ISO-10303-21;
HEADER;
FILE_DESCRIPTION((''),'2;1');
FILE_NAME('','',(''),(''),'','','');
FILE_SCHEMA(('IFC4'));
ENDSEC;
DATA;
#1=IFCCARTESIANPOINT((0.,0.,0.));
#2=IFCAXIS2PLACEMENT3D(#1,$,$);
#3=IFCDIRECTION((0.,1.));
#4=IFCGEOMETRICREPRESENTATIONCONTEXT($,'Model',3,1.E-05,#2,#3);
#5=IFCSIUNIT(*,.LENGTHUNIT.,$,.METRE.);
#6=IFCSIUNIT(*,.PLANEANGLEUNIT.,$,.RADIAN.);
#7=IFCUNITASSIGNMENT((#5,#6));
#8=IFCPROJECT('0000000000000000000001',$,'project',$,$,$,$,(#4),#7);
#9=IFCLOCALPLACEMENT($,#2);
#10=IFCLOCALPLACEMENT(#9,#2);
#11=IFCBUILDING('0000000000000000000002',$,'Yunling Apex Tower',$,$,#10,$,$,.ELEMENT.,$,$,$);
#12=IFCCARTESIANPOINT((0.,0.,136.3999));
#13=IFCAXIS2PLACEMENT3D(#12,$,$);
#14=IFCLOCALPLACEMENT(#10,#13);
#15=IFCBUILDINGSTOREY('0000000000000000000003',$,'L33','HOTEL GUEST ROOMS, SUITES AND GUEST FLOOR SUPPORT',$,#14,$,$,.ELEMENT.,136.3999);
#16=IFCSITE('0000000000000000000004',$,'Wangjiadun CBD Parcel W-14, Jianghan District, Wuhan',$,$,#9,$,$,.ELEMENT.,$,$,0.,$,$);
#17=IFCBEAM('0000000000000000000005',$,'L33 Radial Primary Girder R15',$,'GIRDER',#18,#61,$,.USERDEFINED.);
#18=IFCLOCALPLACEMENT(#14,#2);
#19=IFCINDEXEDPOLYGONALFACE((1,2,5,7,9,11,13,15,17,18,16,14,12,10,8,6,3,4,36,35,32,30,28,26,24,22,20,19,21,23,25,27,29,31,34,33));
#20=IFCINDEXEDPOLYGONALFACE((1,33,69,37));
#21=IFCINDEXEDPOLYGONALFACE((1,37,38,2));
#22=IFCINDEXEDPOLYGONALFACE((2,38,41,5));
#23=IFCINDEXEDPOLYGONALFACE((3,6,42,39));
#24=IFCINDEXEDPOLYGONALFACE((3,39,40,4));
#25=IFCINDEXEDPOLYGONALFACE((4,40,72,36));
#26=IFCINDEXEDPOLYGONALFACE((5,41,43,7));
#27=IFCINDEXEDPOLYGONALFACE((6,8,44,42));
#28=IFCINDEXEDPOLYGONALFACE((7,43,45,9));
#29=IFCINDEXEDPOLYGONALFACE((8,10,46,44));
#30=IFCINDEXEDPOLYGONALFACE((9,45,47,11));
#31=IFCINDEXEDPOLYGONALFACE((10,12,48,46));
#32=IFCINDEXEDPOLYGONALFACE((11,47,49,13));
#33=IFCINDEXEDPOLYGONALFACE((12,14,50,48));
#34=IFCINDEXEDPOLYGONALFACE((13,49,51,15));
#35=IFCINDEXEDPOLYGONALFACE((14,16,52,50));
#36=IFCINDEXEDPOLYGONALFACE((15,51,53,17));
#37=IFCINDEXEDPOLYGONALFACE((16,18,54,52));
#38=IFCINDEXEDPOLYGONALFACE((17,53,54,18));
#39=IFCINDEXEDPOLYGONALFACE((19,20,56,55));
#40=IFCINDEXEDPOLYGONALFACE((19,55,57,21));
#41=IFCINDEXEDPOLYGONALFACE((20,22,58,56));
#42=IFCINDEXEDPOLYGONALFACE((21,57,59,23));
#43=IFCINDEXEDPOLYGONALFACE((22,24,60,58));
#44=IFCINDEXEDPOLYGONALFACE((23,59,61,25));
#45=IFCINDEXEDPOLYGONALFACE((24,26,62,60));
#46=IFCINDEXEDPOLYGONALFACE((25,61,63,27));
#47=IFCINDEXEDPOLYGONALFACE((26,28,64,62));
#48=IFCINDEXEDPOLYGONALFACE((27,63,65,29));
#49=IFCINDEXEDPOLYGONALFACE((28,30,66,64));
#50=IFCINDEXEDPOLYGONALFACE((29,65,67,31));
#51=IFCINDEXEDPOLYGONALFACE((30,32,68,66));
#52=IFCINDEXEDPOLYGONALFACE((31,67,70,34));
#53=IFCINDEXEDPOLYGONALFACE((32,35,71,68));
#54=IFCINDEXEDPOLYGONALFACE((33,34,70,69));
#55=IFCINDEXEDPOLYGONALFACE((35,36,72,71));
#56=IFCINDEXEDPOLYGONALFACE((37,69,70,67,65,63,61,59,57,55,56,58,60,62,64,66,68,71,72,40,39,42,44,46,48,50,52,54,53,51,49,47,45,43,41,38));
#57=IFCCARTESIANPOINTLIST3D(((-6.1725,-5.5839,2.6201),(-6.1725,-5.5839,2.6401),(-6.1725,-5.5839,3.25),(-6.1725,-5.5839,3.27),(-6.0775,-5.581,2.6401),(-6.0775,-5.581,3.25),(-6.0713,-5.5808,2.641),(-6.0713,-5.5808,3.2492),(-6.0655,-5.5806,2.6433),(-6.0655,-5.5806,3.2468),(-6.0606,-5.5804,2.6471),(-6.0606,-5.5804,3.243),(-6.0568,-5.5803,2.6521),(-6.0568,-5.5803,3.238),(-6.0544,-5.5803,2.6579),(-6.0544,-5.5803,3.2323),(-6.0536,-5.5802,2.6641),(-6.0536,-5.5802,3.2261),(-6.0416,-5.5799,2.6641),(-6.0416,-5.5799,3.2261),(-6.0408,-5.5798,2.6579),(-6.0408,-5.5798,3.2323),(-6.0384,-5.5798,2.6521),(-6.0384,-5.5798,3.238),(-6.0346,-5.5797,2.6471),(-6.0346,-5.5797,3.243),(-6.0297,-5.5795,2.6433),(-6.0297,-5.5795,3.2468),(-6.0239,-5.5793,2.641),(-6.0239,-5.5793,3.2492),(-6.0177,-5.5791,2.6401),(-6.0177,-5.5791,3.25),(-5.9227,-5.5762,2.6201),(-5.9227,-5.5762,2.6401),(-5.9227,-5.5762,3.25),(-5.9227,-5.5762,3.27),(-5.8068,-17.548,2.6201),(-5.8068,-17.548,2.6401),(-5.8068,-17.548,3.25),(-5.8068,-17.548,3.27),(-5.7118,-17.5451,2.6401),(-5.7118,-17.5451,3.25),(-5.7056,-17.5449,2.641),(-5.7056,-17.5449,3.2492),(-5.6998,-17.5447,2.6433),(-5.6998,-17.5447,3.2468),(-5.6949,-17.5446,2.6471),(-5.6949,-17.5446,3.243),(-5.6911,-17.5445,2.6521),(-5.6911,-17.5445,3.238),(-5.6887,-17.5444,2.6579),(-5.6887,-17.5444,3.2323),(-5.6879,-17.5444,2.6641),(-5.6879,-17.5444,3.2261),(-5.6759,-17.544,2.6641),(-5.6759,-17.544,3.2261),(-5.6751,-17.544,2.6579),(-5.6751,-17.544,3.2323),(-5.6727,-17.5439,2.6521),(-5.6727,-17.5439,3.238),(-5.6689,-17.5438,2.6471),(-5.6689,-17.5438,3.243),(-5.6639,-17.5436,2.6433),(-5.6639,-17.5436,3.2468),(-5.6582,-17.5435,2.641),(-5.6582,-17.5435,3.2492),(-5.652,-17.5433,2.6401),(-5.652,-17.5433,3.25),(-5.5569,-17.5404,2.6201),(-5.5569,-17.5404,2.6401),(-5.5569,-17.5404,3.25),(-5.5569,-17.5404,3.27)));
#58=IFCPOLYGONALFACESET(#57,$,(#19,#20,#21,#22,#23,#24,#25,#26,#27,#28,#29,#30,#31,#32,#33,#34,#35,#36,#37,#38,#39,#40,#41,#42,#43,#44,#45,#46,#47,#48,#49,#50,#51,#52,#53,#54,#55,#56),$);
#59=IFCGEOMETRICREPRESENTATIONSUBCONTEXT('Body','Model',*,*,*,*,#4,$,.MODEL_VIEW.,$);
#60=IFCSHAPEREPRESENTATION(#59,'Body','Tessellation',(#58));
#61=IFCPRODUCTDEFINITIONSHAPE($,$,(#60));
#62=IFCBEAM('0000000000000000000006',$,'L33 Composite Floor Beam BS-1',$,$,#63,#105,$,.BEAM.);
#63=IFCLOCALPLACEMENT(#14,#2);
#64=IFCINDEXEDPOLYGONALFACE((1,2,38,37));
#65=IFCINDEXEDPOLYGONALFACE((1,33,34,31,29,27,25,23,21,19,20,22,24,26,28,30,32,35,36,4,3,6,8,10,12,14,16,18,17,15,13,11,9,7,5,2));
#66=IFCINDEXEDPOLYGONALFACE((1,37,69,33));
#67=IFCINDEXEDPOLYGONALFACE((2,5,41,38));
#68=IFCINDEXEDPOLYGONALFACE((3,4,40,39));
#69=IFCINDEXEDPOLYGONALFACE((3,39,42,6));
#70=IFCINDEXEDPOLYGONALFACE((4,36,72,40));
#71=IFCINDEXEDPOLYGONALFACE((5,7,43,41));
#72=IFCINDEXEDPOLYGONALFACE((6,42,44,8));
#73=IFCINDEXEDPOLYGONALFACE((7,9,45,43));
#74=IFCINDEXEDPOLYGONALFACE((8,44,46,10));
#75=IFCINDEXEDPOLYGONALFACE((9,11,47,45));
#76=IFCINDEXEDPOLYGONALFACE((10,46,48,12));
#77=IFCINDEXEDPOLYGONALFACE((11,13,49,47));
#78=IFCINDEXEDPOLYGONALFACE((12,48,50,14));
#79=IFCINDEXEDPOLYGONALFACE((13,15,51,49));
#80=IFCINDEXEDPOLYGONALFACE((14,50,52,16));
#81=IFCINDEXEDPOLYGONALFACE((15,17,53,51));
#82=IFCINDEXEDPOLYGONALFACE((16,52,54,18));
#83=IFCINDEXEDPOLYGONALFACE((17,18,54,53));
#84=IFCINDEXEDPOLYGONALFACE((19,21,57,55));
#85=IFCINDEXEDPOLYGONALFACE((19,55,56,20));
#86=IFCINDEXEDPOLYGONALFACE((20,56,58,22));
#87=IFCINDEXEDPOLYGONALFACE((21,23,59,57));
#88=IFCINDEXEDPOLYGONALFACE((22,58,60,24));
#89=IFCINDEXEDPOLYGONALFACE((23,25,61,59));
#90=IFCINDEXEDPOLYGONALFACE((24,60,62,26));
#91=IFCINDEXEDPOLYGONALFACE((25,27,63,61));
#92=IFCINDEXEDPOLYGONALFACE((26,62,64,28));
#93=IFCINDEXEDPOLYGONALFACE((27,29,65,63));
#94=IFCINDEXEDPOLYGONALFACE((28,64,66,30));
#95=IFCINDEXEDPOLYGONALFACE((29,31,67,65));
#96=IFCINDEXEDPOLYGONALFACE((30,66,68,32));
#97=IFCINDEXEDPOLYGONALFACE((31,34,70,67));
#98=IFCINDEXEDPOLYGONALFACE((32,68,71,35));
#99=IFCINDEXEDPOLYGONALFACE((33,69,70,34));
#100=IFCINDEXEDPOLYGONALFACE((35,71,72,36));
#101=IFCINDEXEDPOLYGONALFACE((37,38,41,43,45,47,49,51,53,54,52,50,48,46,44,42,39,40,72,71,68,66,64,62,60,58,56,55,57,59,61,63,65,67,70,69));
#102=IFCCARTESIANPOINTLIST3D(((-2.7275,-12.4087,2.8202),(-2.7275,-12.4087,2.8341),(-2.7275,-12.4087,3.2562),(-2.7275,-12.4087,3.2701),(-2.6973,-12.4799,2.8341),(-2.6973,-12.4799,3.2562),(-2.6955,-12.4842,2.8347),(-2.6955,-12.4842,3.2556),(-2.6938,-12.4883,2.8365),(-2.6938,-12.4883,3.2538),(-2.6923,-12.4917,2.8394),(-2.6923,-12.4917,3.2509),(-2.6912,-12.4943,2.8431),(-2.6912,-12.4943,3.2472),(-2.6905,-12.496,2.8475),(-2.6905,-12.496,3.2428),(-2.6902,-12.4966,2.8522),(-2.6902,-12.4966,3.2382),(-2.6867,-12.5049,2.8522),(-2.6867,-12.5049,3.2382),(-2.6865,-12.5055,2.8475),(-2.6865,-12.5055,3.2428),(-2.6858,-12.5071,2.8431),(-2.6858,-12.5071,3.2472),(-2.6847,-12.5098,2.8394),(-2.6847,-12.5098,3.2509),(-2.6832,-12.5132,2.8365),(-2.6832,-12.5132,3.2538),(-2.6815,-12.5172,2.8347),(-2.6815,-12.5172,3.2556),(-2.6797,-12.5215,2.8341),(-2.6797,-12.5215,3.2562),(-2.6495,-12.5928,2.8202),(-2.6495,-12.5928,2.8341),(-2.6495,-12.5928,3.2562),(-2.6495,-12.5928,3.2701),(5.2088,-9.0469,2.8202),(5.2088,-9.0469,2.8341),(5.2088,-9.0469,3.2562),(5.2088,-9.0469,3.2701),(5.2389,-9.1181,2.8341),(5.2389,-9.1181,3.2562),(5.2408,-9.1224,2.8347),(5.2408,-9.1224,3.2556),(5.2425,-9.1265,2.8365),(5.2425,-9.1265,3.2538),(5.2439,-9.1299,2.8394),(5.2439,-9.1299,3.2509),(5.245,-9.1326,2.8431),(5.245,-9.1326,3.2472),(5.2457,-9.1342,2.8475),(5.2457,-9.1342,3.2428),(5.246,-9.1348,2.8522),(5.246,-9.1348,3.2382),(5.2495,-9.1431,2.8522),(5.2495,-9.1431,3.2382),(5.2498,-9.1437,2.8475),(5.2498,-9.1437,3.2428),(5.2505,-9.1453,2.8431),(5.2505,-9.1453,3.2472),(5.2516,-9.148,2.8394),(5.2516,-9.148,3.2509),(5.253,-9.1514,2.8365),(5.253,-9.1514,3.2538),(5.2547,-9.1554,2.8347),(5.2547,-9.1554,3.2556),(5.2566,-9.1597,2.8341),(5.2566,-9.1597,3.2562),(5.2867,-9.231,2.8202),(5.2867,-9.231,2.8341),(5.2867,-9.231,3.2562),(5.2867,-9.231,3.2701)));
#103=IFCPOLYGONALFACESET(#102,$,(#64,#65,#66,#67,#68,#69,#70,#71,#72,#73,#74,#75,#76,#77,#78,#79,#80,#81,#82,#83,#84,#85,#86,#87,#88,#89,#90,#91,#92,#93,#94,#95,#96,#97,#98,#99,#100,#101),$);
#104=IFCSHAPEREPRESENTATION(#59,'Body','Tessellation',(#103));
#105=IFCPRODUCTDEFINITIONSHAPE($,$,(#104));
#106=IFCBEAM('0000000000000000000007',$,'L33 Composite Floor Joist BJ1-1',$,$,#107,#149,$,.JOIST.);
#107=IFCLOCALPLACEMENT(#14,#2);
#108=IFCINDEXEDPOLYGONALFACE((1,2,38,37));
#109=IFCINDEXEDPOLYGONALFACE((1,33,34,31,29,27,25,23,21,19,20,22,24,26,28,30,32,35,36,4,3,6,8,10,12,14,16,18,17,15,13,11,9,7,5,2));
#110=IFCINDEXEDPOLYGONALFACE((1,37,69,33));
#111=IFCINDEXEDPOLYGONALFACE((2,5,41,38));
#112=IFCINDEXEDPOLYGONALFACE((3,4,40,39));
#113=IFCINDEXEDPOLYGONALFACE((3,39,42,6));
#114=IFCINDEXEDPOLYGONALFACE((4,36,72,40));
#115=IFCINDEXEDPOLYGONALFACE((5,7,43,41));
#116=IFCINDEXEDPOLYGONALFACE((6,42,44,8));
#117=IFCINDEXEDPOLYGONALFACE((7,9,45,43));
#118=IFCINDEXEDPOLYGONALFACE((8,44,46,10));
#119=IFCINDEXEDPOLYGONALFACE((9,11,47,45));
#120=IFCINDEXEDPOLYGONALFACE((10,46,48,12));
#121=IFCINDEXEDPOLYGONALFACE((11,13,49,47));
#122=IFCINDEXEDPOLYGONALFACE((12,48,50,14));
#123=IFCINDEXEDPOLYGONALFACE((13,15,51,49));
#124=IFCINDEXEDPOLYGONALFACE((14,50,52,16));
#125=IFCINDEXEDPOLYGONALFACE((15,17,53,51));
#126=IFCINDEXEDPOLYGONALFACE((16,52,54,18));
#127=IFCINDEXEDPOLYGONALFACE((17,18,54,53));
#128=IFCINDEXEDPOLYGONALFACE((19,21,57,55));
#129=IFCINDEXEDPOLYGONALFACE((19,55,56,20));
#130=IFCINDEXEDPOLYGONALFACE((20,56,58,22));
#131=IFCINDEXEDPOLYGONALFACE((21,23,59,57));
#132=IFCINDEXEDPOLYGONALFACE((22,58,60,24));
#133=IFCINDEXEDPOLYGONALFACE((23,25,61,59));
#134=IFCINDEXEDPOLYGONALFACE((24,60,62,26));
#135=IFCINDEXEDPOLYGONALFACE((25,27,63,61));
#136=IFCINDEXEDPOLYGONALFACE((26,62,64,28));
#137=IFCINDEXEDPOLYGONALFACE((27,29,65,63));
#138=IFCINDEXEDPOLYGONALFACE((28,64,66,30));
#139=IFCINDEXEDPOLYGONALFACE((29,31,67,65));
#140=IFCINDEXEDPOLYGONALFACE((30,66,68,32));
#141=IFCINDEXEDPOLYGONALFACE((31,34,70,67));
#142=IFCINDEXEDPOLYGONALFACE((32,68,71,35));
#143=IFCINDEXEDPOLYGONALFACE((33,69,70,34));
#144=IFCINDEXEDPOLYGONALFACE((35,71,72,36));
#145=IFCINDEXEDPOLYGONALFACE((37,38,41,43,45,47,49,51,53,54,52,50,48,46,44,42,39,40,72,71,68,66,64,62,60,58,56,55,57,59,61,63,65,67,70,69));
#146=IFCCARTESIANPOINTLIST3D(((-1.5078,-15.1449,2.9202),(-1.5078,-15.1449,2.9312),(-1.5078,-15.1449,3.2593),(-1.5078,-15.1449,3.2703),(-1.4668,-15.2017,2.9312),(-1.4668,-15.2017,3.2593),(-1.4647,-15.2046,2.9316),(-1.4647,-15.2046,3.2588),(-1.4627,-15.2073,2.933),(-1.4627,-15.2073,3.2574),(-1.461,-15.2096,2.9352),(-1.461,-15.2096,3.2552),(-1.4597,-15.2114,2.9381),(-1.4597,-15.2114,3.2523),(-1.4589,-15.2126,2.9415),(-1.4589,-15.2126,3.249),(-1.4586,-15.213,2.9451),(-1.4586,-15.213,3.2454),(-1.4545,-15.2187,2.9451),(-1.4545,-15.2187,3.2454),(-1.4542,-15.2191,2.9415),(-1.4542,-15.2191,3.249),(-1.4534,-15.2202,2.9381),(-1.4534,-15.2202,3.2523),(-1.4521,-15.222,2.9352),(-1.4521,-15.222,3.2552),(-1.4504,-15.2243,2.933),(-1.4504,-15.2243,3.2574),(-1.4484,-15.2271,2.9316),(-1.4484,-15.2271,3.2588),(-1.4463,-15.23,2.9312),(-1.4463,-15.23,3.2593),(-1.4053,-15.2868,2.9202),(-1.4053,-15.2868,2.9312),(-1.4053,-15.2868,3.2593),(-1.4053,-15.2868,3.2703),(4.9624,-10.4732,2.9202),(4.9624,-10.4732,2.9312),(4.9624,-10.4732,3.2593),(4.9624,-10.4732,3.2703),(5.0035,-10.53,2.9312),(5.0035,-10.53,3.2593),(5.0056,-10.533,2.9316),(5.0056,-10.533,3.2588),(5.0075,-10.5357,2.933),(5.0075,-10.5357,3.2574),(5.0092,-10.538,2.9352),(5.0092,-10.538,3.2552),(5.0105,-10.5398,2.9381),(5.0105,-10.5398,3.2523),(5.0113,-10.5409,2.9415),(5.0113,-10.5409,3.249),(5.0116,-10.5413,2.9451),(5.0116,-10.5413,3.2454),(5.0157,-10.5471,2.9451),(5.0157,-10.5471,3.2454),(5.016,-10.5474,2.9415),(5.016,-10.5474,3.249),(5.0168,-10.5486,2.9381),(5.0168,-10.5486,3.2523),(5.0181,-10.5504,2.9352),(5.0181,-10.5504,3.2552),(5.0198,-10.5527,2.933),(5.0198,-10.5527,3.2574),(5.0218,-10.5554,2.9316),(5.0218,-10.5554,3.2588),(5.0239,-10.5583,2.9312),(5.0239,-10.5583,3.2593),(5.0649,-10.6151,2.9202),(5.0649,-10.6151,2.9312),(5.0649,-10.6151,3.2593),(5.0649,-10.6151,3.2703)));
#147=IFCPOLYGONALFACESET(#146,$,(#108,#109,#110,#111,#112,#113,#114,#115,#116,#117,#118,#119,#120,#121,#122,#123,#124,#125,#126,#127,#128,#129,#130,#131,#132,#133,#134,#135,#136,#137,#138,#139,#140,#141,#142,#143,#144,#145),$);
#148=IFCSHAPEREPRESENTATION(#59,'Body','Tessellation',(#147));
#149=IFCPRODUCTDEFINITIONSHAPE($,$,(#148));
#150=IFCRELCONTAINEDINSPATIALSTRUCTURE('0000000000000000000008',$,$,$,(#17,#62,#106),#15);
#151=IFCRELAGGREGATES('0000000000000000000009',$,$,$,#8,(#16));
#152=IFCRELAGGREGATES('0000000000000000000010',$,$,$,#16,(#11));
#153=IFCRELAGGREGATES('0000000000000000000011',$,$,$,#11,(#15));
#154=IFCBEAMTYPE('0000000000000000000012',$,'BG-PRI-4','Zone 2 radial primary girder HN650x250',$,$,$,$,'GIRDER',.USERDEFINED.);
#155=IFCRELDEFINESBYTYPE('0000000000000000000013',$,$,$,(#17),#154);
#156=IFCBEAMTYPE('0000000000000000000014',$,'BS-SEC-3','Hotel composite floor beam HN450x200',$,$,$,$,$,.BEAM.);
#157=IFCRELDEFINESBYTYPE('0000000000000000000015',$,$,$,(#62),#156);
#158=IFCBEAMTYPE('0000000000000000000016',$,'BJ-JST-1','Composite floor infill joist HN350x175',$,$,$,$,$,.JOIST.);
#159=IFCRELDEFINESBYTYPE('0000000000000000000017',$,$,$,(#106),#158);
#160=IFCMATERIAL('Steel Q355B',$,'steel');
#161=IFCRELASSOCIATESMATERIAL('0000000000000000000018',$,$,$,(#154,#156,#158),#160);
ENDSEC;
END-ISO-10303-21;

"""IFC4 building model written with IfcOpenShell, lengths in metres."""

from ifc_helpers import new_model, si_unit, direction, frame, origin, origin_2d, place, context, subcontext, project, spatial, i_section, extrude, source, transform, mapped, material, material_profile, profile_set, type_object, element, save


model = new_model("IFC4")

# Units and contexts
model_context = context("Model", 3, precision=1e-05, world=origin(), true_north=direction((0.0, 1.0)))
body_context = subcontext(model_context, "Body", "Model", "MODEL_VIEW")
ifc_project = project(units=[si_unit("LENGTHUNIT", "METRE"), si_unit("PLANEANGLEUNIT", "RADIAN")], contexts=[model_context])

# Site, building, storey
site_placement = place(None, origin())
site = spatial("IfcSite", under=ifc_project, at=site_placement, Name="Wangjiadun CBD Parcel W-14, Jianghan District, Wuhan", CompositionType="ELEMENT", RefElevation=0.0)
building_placement = place(site_placement, origin())
building = spatial("IfcBuilding", under=site, at=building_placement, Name="Yunling Apex Tower", CompositionType="ELEMENT")
storey_placement = place(building_placement, frame((0.0, 0.0, 136.3999)))
storey = spatial("IfcBuildingStorey", under=building, at=storey_placement, Name="L33", Description="HOTEL GUEST ROOMS, SUITES AND GUEST FLOOR SUPPORT", CompositionType="ELEMENT", Elevation=136.3999)

# Beams
ifc_material_1 = material(Name="Steel Q355B", Category="steel")
ifc_material_profile_1 = material_profile(ifc_material_1, i_section(OverallWidth=0.25, OverallDepth=0.6499, WebThickness=0.012, FlangeThickness=0.02, FilletRadius=0.0239, at=origin_2d()))
ifc_profile_set_1 = profile_set([ifc_material_profile_1], Name="Steel Q355B")
beam_type_1 = type_object("IfcBeamType", Name="BG-PRI-4", Description="Zone 2 radial primary girder HN650x250", ElementType="GIRDER", PredefinedType="USERDEFINED", material=ifc_profile_set_1)
shared_shape_1 = source(origin(), body_context, "Body", "SweptSolid", [
    extrude(i_section(OverallWidth=0.25, OverallDepth=0.6499, WebThickness=0.012, FlangeThickness=0.02, FilletRadius=0.0239, at=origin_2d()), origin(), (0.0, 0.0, 1.0), 11.9697),
])
beam_1_placement = place(storey_placement, frame((-5.6819, -17.5442, 2.9451), z_axis=(-0.030554, 0.999533, 0.0), x_axis=(-0.999533, -0.030554, 0.0)))
element("IfcBeam", 1, at=beam_1_placement, inside=storey, type_object=beam_type_1, Name="L33 Radial Primary Girder R15", ObjectType="GIRDER", PredefinedType="USERDEFINED", context=body_context, shape_type="MappedRepresentation", body=[
    mapped(shared_shape_1, transform((0.0, 0.0, 0.0), scale=1.0)),
])
ifc_material_profile_2 = material_profile(ifc_material_1, i_section(OverallWidth=0.2, OverallDepth=0.45, WebThickness=0.009, FlangeThickness=0.0139, FilletRadius=0.0181, at=origin_2d()))
ifc_profile_set_2 = profile_set([ifc_material_profile_2], Name="Steel Q355B")
beam_type_2 = type_object("IfcBeamType", Name="BS-SEC-3", Description="Hotel composite floor beam HN450x200", PredefinedType="BEAM", material=ifc_profile_set_2)
shared_shape_2 = source(origin(), body_context, "Body", "SweptSolid", [
    extrude(i_section(OverallWidth=0.2, OverallDepth=0.45, WebThickness=0.009, FlangeThickness=0.0139, FilletRadius=0.0181, at=origin_2d()), origin(), (0.0, 0.0, 1.0), 8.6189),
])
beam_2_placement = place(storey_placement, frame((-2.6885, -12.5007, 3.0452), z_axis=(0.920794, 0.390049, 0.0), x_axis=(-0.390049, 0.920794, 0.0)))
element("IfcBeam", 2, at=beam_2_placement, inside=storey, type_object=beam_type_2, Name="L33 Composite Floor Beam BS-1", PredefinedType="BEAM", context=body_context, shape_type="MappedRepresentation", body=[
    mapped(shared_shape_2, transform((0.0, 0.0, 0.0), scale=1.0)),
])
ifc_material_profile_3 = material_profile(ifc_material_1, i_section(OverallWidth=0.175, OverallDepth=0.3501, WebThickness=0.0071, FlangeThickness=0.011, FilletRadius=0.0139, at=origin_2d()))
ifc_profile_set_3 = profile_set([ifc_material_profile_3], Name="Steel Q355B")
beam_type_3 = type_object("IfcBeamType", Name="BJ-JST-1", Description="Composite floor infill joist HN350x175", PredefinedType="JOIST", material=ifc_profile_set_3)
shared_shape_3 = source(origin(), body_context, "Body", "SweptSolid", [
    extrude(i_section(OverallWidth=0.175, OverallDepth=0.3501, WebThickness=0.0071, FlangeThickness=0.011, FilletRadius=0.0139, at=origin_2d()), origin(), (0.0, 0.0, 1.0), 7.9805),
])
beam_3_placement = place(storey_placement, frame((-1.4565, -15.2158, 3.0952), z_axis=(0.810757, 0.585383, 0.0), x_axis=(-0.585383, 0.810757, 0.0)))
element("IfcBeam", 3, at=beam_3_placement, inside=storey, type_object=beam_type_3, Name="L33 Composite Floor Joist BJ1-1", PredefinedType="JOIST", context=body_context, shape_type="MappedRepresentation", body=[
    mapped(shared_shape_3, transform((0.0, 0.0, 0.0), scale=1.0)),
])

save(model, "model.ifc")
